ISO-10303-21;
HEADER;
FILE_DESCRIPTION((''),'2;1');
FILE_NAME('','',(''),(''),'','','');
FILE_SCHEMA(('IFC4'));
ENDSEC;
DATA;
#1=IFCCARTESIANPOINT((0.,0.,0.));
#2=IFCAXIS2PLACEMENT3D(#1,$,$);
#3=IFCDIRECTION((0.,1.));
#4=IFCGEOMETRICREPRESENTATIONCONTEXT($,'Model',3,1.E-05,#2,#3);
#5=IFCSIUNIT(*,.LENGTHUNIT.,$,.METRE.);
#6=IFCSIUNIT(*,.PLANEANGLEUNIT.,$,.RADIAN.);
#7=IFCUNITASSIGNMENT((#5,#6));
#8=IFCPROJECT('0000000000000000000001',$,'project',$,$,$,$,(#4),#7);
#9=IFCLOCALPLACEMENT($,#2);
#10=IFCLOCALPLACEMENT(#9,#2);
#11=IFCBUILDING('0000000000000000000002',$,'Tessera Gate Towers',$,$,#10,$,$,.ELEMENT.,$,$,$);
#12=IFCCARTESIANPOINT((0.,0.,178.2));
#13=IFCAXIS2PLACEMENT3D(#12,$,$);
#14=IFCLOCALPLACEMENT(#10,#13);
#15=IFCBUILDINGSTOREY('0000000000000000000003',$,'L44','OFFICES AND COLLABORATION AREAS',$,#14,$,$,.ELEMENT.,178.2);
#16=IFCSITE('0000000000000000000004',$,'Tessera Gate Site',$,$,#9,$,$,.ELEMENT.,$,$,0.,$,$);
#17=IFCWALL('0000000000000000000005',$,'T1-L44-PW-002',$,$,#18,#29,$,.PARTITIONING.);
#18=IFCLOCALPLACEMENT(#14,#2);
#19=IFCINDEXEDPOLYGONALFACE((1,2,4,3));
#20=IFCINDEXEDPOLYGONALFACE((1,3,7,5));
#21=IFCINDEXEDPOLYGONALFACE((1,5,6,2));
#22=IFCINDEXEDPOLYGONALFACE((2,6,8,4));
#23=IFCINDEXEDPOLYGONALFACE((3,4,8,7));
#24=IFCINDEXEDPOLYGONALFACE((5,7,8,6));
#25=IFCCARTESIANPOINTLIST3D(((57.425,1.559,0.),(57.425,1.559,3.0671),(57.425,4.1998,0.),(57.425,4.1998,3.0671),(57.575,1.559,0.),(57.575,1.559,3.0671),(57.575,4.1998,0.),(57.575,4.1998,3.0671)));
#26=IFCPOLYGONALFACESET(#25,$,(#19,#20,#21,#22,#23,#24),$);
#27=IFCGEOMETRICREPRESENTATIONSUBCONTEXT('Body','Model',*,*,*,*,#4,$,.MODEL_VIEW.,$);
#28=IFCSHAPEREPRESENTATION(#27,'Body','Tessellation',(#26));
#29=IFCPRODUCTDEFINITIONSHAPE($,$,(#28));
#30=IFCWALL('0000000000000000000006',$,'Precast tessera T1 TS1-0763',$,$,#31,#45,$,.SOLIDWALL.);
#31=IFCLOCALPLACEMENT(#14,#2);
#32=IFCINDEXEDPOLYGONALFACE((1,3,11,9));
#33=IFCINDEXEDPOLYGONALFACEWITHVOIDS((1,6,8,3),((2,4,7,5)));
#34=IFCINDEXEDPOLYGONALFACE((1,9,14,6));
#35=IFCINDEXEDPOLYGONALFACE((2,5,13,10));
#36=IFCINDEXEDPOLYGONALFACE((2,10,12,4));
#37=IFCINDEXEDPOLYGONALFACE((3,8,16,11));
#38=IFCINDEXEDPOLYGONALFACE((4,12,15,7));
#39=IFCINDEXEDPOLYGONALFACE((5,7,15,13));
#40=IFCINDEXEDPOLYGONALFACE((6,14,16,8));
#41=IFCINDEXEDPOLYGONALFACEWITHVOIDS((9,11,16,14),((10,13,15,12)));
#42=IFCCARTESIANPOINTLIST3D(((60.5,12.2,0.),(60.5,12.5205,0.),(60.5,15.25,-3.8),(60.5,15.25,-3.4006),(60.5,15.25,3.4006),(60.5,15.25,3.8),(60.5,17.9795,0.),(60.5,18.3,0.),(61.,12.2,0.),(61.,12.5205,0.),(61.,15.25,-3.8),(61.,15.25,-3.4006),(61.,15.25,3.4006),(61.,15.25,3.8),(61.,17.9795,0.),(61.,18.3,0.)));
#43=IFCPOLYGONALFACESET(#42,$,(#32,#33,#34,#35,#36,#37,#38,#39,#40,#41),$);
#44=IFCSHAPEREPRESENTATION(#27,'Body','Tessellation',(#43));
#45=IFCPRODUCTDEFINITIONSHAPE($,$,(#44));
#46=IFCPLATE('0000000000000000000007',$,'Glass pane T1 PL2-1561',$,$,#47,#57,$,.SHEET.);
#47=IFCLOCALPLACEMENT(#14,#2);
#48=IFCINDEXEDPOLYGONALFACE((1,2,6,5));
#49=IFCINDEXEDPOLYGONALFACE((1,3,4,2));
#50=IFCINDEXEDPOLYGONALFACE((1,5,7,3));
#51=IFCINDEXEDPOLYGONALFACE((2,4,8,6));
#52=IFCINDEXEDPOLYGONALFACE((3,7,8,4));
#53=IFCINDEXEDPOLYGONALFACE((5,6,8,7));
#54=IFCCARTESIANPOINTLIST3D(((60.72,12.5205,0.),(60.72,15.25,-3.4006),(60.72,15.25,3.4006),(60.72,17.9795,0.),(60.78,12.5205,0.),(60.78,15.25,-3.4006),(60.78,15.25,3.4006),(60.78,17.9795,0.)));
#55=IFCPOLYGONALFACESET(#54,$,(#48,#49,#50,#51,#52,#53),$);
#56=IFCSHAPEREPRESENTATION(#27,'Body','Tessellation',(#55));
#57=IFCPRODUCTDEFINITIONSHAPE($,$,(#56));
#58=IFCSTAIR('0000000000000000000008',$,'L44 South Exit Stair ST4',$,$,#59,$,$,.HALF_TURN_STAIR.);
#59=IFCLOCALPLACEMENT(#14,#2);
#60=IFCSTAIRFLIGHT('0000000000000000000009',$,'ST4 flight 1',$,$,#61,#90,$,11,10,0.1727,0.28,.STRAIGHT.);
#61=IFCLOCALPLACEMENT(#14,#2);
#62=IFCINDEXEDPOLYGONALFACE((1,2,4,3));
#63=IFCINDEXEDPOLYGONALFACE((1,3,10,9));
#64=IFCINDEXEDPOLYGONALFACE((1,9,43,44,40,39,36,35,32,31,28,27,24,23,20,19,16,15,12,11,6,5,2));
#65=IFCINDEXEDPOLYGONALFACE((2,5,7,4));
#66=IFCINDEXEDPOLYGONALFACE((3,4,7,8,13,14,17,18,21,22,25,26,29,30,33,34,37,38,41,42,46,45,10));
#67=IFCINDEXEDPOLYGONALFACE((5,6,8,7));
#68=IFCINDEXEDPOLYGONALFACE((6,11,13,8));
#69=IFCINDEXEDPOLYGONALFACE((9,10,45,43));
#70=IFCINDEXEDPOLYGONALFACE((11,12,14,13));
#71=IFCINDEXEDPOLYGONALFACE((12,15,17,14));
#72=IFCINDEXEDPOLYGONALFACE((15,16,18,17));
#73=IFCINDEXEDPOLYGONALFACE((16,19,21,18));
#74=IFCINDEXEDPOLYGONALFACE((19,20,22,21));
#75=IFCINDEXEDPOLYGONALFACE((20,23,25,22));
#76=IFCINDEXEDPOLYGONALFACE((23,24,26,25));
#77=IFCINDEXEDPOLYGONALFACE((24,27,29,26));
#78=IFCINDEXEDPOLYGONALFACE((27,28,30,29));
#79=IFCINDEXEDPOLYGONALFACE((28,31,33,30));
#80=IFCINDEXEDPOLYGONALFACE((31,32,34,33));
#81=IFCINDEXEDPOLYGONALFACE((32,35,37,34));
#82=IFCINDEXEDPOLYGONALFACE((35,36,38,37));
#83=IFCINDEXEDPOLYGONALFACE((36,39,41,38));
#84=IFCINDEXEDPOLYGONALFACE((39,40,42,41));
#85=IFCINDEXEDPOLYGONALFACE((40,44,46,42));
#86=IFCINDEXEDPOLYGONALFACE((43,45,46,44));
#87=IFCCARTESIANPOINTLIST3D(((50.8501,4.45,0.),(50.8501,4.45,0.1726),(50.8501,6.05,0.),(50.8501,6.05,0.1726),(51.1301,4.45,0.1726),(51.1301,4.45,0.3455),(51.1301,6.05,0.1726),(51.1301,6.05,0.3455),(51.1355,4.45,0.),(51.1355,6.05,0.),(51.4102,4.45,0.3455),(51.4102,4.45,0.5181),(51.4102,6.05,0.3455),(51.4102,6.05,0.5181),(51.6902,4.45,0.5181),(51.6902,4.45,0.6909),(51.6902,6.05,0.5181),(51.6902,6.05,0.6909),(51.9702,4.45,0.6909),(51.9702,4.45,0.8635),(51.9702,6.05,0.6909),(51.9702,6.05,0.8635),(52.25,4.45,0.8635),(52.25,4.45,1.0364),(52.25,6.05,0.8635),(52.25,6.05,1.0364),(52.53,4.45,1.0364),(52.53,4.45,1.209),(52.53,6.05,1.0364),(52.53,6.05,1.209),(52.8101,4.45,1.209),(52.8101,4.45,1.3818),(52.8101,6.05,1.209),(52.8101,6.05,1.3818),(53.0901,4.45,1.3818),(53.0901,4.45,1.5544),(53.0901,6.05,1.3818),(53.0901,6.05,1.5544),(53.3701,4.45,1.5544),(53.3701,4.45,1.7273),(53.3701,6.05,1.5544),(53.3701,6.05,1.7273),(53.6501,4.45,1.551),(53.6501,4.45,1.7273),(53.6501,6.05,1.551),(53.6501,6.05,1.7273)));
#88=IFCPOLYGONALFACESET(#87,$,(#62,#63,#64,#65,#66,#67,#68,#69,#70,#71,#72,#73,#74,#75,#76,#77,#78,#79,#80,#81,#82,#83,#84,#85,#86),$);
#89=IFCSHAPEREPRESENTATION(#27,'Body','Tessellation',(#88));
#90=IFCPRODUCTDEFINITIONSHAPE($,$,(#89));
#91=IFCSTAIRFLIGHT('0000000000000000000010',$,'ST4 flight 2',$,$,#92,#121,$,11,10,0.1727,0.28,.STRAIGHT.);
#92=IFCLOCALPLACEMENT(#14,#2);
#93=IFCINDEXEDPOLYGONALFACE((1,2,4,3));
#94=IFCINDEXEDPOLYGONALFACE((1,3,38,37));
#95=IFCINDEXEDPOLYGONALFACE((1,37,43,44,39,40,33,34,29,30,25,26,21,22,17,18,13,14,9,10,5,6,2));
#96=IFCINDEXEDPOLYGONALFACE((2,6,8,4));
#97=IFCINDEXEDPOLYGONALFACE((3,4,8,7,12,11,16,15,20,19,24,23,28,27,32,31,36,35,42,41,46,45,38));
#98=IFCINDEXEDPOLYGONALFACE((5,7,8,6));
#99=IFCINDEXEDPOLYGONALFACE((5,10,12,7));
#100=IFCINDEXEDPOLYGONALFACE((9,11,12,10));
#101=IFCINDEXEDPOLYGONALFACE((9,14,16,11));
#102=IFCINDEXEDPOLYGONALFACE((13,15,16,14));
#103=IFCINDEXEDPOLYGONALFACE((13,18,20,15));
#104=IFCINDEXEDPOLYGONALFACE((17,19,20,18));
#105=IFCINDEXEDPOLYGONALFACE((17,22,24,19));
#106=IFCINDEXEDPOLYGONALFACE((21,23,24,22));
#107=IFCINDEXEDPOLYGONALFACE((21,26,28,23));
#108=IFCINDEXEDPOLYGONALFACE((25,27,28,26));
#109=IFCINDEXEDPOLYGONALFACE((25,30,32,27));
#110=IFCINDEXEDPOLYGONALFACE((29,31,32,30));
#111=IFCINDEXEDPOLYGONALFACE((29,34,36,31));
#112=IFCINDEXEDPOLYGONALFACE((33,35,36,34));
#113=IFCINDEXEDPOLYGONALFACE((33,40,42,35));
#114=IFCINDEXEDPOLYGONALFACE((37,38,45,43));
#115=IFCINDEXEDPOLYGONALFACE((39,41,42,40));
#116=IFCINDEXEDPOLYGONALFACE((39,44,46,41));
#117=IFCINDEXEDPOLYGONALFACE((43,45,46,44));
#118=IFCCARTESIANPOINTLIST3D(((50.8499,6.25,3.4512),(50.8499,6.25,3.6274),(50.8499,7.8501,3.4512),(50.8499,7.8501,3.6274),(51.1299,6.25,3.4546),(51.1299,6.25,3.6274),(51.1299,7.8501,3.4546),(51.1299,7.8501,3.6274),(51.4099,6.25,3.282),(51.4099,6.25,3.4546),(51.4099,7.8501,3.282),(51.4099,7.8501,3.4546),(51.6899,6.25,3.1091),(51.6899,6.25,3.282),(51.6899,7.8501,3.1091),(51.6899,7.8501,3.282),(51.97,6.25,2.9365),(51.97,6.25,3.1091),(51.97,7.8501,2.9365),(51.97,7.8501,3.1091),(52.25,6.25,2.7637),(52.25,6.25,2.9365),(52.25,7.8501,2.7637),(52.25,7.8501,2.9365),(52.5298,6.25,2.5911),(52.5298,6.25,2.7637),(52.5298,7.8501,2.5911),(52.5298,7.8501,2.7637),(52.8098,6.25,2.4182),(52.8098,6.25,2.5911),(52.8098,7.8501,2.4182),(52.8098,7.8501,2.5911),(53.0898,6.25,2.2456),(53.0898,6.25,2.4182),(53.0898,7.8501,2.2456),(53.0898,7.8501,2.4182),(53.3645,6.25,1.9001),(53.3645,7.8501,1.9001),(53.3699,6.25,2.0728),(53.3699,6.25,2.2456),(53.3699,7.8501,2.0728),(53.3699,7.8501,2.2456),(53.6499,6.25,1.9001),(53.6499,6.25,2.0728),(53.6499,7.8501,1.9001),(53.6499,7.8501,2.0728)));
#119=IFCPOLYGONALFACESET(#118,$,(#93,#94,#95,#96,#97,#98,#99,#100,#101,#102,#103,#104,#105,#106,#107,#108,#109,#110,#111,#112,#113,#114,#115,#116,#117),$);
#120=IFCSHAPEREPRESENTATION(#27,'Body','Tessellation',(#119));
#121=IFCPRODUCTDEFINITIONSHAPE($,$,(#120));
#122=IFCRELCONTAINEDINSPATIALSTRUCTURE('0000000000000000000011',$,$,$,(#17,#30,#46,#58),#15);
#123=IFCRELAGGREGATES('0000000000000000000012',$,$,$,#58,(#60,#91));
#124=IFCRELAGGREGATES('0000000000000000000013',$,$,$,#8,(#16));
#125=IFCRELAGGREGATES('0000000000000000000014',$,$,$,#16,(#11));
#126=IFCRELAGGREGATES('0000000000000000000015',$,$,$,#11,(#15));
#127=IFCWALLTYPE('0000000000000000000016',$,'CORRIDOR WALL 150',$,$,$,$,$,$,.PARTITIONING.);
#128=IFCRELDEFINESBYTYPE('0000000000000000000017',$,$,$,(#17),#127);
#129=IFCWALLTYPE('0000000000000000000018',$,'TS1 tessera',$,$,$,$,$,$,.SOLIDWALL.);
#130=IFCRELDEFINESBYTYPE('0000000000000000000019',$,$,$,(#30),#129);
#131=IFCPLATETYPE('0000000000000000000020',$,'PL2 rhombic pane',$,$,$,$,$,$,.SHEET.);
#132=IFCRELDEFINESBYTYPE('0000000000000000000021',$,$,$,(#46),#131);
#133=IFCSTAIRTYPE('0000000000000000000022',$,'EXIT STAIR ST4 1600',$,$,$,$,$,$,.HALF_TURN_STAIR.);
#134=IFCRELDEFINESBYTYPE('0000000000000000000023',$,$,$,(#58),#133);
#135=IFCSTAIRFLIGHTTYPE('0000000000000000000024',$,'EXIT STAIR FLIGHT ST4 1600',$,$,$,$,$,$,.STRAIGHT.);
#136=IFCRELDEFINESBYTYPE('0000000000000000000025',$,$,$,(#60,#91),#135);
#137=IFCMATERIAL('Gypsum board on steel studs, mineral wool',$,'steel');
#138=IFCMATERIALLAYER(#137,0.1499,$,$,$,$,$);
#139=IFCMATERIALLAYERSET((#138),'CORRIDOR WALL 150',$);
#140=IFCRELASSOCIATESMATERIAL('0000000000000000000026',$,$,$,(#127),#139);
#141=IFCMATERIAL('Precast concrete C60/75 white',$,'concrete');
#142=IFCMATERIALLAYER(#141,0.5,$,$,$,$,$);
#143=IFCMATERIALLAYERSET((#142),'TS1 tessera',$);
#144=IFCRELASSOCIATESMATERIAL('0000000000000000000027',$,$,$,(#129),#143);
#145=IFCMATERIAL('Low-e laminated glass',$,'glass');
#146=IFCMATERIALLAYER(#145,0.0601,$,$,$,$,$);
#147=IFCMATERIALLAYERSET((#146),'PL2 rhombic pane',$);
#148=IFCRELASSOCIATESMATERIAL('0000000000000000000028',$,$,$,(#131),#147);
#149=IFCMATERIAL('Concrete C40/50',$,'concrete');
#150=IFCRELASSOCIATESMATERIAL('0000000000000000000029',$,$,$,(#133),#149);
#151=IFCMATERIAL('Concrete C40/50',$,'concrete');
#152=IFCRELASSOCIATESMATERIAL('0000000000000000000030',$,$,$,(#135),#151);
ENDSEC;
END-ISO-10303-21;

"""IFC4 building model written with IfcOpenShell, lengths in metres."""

from ifc_helpers import new_model, si_unit, direction, frame, frame_2d, origin, place, context, subcontext, project, spatial, polyline, rectangle, outline, extrude, source, transform, mapped, material, layer, layer_set, type_object, element, fill, aggregate, save


model = new_model("IFC4")

# Units and contexts
model_context = context("Model", 3, precision=1e-05, world=origin(), true_north=direction((0.0, 1.0)))
body_context = subcontext(model_context, "Body", "Model", "MODEL_VIEW")
ifc_project = project(units=[si_unit("LENGTHUNIT", "METRE"), si_unit("PLANEANGLEUNIT", "RADIAN")], contexts=[model_context])

# Site, building, storey
site_placement = place(None, origin())
site = spatial("IfcSite", under=ifc_project, at=site_placement, Name="Tessera Gate Site", CompositionType="ELEMENT", RefElevation=0.0)
building_placement = place(site_placement, origin())
building = spatial("IfcBuilding", under=site, at=building_placement, Name="Tessera Gate Towers", CompositionType="ELEMENT")
storey_placement = place(building_placement, frame((0.0, 0.0, 178.2)))
storey = spatial("IfcBuildingStorey", under=building, at=storey_placement, Name="L44", Description="OFFICES AND COLLABORATION AREAS", CompositionType="ELEMENT", Elevation=178.2)

# Wall
ifc_material_1 = material(Name="Gypsum board on steel studs, mineral wool", Category="steel")
ifc_layer_1 = layer(ifc_material_1, 0.1499)
ifc_layer_set_1 = layer_set([ifc_layer_1], Name="CORRIDOR WALL 150")
wall_type_1 = type_object("IfcWallType", Name="CORRIDOR WALL 150", PredefinedType="PARTITIONING", material=ifc_layer_set_1)
wall_1_placement = place(storey_placement, frame((57.5, 1.5591, 0.0), z_axis=(0.0, 0.0, 1.0), x_axis=(0.0, 1.0, 0.0)))
element("IfcWall", 1, at=wall_1_placement, inside=storey, type_object=wall_type_1, Name="T1-L44-PW-002", PredefinedType="PARTITIONING", context=body_context, shape_type="SweptSolid", body=[
    extrude(rectangle(XDim=2.6409, YDim=0.1499, at=frame_2d((1.3203, 0.0))), origin(), (0.0, 0.0, 1.0), 3.0671),
])

# Wall, opening, plate
ifc_material_2 = material(Name="Precast concrete C60/75 white", Category="concrete")
ifc_layer_2 = layer(ifc_material_2, 0.5)
ifc_layer_set_2 = layer_set([ifc_layer_2], Name="TS1 tessera")
wall_type_2 = type_object("IfcWallType", Name="TS1 tessera", PredefinedType="SOLIDWALL", material=ifc_layer_set_2)
shared_shape_1 = source(origin(), body_context, "Body", "SweptSolid", [
    extrude(outline(polyline([(3.05, 0.0), (6.1001, 3.8), (3.05, 7.6001), (0.0, 3.8), (3.05, 0.0)])), frame((0.0, 0.25, 0.0), z_axis=(0.0, -1.0, 0.0), x_axis=(1.0, 0.0, 0.0)), (0.0, 0.0, 1.0), 0.5),
])
wall_2_placement = place(storey_placement, frame((60.75, 12.2, -3.8), z_axis=(0.0, 0.0, 1.0), x_axis=(0.0, 1.0, 0.0)))
wall_2 = element("IfcWall", 2, at=wall_2_placement, inside=storey, type_object=wall_type_2, Name="Precast tessera T1 TS1-0763", PredefinedType="SOLIDWALL", context=body_context, shape_type="MappedRepresentation", body=[
    mapped(shared_shape_1, transform((0.0, 0.0, 0.0), scale=1.0)),
])
shared_shape_2 = source(origin(), body_context, "Body", "SweptSolid", [
    extrude(outline(polyline([(3.05, 0.3994), (5.7795, 3.8), (3.05, 7.2007), (0.3206, 3.8), (3.05, 0.3994)])), frame((0.0, 0.26, 0.0), z_axis=(0.0, -1.0, 0.0), x_axis=(1.0, 0.0, 0.0)), (0.0, 0.0, 1.0), 0.52),
])
opening_1_placement = place(wall_2_placement, origin())
opening_1 = element("IfcOpeningElement", 3, at=opening_1_placement, cuts=wall_2, PredefinedType="OPENING", context=body_context, shape_type="MappedRepresentation", body=[
    mapped(shared_shape_2, transform((0.0, 0.0, 0.0), scale=1.0)),
])
ifc_material_3 = material(Name="Low-e laminated glass", Category="glass")
ifc_layer_3 = layer(ifc_material_3, 0.0601)
ifc_layer_set_3 = layer_set([ifc_layer_3], Name="PL2 rhombic pane")
plate_type = type_object("IfcPlateType", Name="PL2 rhombic pane", PredefinedType="SHEET", material=ifc_layer_set_3)
shared_shape_3 = source(origin(), body_context, "Body", "SweptSolid", [
    extrude(outline(polyline([(3.05, 0.3994), (5.7795, 3.8), (3.05, 7.2007), (0.3206, 3.8), (3.05, 0.3994)])), frame((0.0, 0.03, 0.0), z_axis=(0.0, -1.0, 0.0), x_axis=(1.0, 0.0, 0.0)), (0.0, 0.0, 1.0), 0.0601),
])
plate_placement = place(opening_1_placement, origin())
plate = element("IfcPlate", 4, at=plate_placement, inside=storey, type_object=plate_type, Name="Glass pane T1 PL2-1561", PredefinedType="SHEET", context=body_context, shape_type="MappedRepresentation", body=[
    mapped(shared_shape_3, transform((0.0, 0.0, 0.0), scale=1.0)),
])
fill(opening_1, plate)

# Stair, stair flights
ifc_material_4 = material(Name="Concrete C40/50", Category="concrete")
stair_type = type_object("IfcStairType", Name="EXIT STAIR ST4 1600", PredefinedType="HALF_TURN_STAIR", material=ifc_material_4)
stair_placement = place(storey_placement, origin())
stair = element("IfcStair", 5, at=stair_placement, inside=storey, type_object=stair_type, Name="L44 South Exit Stair ST4", PredefinedType="HALF_TURN_STAIR")
ifc_material_5 = material(Name="Concrete C40/50", Category="concrete")
stair_flight_type = type_object("IfcStairFlightType", Name="EXIT STAIR FLIGHT ST4 1600", PredefinedType="STRAIGHT", material=ifc_material_5)
stair_flight_1_placement = place(storey_placement, frame((50.8501, 5.25, 0.0), z_axis=(0.0, 0.0, 1.0), x_axis=(1.0, 0.0, 0.0)))
stair_flight_1 = element("IfcStairFlight", 6, at=stair_flight_1_placement, type_object=stair_flight_type, Name="ST4 flight 1", NumberOfRisers=11, NumberOfTreads=10, PredefinedType="STRAIGHT", RiserHeight=0.1727, TreadLength=0.28, context=body_context, shape_type="SweptSolid", body=[
    extrude(outline(polyline([(0.0, 0.0), (0.0, 0.1726), (0.28, 0.1726), (0.28, 0.3455), (0.5601, 0.3455), (0.5601, 0.5181), (0.8401, 0.5181), (0.8401, 0.6909), (1.1201, 0.6909), (1.1201, 0.8635), (1.3999, 0.8635), (1.3999, 1.0364), (1.6799, 1.0364), (1.6799, 1.209), (1.96, 1.209), (1.96, 1.3818), (2.24, 1.3818), (2.24, 1.5544), (2.52, 1.5544), (2.52, 1.7273), (2.8, 1.7273), (2.8, 1.8999), (2.8, 1.551), (0.2854, 0.0), (0.0, 0.0)])), frame((0.0, 0.8, 0.0), z_axis=(0.0, -1.0, 0.0), x_axis=(1.0, 0.0, 0.0)), (0.0, 0.0, 1.0), 1.6001),
])
stair_flight_2_placement = place(storey_placement, frame((53.6499, 7.05, 1.9001), z_axis=(0.0, 0.0, 1.0), x_axis=(-1.0, 0.0, 0.0)))
stair_flight_2 = element("IfcStairFlight", 7, at=stair_flight_2_placement, type_object=stair_flight_type, Name="ST4 flight 2", NumberOfRisers=11, NumberOfTreads=10, PredefinedType="STRAIGHT", RiserHeight=0.1727, TreadLength=0.28, context=body_context, shape_type="SweptSolid", body=[
    extrude(outline(polyline([(0.0, 0.0), (0.0, 0.1726), (0.28, 0.1726), (0.28, 0.3455), (0.5601, 0.3455), (0.5601, 0.5181), (0.8401, 0.5181), (0.8401, 0.6909), (1.1201, 0.6909), (1.1201, 0.8635), (1.3999, 0.8635), (1.3999, 1.0364), (1.6799, 1.0364), (1.6799, 1.209), (1.96, 1.209), (1.96, 1.3818), (2.24, 1.3818), (2.24, 1.5544), (2.52, 1.5544), (2.52, 1.7273), (2.8, 1.7273), (2.8, 1.8999), (2.8, 1.551), (0.2854, 0.0), (0.0, 0.0)])), frame((0.0, 0.8, 0.0), z_axis=(0.0, -1.0, 0.0), x_axis=(1.0, 0.0, 0.0)), (0.0, 0.0, 1.0), 1.6001),
])
aggregate(stair, [stair_flight_1, stair_flight_2])

save(model, "model.ifc")
